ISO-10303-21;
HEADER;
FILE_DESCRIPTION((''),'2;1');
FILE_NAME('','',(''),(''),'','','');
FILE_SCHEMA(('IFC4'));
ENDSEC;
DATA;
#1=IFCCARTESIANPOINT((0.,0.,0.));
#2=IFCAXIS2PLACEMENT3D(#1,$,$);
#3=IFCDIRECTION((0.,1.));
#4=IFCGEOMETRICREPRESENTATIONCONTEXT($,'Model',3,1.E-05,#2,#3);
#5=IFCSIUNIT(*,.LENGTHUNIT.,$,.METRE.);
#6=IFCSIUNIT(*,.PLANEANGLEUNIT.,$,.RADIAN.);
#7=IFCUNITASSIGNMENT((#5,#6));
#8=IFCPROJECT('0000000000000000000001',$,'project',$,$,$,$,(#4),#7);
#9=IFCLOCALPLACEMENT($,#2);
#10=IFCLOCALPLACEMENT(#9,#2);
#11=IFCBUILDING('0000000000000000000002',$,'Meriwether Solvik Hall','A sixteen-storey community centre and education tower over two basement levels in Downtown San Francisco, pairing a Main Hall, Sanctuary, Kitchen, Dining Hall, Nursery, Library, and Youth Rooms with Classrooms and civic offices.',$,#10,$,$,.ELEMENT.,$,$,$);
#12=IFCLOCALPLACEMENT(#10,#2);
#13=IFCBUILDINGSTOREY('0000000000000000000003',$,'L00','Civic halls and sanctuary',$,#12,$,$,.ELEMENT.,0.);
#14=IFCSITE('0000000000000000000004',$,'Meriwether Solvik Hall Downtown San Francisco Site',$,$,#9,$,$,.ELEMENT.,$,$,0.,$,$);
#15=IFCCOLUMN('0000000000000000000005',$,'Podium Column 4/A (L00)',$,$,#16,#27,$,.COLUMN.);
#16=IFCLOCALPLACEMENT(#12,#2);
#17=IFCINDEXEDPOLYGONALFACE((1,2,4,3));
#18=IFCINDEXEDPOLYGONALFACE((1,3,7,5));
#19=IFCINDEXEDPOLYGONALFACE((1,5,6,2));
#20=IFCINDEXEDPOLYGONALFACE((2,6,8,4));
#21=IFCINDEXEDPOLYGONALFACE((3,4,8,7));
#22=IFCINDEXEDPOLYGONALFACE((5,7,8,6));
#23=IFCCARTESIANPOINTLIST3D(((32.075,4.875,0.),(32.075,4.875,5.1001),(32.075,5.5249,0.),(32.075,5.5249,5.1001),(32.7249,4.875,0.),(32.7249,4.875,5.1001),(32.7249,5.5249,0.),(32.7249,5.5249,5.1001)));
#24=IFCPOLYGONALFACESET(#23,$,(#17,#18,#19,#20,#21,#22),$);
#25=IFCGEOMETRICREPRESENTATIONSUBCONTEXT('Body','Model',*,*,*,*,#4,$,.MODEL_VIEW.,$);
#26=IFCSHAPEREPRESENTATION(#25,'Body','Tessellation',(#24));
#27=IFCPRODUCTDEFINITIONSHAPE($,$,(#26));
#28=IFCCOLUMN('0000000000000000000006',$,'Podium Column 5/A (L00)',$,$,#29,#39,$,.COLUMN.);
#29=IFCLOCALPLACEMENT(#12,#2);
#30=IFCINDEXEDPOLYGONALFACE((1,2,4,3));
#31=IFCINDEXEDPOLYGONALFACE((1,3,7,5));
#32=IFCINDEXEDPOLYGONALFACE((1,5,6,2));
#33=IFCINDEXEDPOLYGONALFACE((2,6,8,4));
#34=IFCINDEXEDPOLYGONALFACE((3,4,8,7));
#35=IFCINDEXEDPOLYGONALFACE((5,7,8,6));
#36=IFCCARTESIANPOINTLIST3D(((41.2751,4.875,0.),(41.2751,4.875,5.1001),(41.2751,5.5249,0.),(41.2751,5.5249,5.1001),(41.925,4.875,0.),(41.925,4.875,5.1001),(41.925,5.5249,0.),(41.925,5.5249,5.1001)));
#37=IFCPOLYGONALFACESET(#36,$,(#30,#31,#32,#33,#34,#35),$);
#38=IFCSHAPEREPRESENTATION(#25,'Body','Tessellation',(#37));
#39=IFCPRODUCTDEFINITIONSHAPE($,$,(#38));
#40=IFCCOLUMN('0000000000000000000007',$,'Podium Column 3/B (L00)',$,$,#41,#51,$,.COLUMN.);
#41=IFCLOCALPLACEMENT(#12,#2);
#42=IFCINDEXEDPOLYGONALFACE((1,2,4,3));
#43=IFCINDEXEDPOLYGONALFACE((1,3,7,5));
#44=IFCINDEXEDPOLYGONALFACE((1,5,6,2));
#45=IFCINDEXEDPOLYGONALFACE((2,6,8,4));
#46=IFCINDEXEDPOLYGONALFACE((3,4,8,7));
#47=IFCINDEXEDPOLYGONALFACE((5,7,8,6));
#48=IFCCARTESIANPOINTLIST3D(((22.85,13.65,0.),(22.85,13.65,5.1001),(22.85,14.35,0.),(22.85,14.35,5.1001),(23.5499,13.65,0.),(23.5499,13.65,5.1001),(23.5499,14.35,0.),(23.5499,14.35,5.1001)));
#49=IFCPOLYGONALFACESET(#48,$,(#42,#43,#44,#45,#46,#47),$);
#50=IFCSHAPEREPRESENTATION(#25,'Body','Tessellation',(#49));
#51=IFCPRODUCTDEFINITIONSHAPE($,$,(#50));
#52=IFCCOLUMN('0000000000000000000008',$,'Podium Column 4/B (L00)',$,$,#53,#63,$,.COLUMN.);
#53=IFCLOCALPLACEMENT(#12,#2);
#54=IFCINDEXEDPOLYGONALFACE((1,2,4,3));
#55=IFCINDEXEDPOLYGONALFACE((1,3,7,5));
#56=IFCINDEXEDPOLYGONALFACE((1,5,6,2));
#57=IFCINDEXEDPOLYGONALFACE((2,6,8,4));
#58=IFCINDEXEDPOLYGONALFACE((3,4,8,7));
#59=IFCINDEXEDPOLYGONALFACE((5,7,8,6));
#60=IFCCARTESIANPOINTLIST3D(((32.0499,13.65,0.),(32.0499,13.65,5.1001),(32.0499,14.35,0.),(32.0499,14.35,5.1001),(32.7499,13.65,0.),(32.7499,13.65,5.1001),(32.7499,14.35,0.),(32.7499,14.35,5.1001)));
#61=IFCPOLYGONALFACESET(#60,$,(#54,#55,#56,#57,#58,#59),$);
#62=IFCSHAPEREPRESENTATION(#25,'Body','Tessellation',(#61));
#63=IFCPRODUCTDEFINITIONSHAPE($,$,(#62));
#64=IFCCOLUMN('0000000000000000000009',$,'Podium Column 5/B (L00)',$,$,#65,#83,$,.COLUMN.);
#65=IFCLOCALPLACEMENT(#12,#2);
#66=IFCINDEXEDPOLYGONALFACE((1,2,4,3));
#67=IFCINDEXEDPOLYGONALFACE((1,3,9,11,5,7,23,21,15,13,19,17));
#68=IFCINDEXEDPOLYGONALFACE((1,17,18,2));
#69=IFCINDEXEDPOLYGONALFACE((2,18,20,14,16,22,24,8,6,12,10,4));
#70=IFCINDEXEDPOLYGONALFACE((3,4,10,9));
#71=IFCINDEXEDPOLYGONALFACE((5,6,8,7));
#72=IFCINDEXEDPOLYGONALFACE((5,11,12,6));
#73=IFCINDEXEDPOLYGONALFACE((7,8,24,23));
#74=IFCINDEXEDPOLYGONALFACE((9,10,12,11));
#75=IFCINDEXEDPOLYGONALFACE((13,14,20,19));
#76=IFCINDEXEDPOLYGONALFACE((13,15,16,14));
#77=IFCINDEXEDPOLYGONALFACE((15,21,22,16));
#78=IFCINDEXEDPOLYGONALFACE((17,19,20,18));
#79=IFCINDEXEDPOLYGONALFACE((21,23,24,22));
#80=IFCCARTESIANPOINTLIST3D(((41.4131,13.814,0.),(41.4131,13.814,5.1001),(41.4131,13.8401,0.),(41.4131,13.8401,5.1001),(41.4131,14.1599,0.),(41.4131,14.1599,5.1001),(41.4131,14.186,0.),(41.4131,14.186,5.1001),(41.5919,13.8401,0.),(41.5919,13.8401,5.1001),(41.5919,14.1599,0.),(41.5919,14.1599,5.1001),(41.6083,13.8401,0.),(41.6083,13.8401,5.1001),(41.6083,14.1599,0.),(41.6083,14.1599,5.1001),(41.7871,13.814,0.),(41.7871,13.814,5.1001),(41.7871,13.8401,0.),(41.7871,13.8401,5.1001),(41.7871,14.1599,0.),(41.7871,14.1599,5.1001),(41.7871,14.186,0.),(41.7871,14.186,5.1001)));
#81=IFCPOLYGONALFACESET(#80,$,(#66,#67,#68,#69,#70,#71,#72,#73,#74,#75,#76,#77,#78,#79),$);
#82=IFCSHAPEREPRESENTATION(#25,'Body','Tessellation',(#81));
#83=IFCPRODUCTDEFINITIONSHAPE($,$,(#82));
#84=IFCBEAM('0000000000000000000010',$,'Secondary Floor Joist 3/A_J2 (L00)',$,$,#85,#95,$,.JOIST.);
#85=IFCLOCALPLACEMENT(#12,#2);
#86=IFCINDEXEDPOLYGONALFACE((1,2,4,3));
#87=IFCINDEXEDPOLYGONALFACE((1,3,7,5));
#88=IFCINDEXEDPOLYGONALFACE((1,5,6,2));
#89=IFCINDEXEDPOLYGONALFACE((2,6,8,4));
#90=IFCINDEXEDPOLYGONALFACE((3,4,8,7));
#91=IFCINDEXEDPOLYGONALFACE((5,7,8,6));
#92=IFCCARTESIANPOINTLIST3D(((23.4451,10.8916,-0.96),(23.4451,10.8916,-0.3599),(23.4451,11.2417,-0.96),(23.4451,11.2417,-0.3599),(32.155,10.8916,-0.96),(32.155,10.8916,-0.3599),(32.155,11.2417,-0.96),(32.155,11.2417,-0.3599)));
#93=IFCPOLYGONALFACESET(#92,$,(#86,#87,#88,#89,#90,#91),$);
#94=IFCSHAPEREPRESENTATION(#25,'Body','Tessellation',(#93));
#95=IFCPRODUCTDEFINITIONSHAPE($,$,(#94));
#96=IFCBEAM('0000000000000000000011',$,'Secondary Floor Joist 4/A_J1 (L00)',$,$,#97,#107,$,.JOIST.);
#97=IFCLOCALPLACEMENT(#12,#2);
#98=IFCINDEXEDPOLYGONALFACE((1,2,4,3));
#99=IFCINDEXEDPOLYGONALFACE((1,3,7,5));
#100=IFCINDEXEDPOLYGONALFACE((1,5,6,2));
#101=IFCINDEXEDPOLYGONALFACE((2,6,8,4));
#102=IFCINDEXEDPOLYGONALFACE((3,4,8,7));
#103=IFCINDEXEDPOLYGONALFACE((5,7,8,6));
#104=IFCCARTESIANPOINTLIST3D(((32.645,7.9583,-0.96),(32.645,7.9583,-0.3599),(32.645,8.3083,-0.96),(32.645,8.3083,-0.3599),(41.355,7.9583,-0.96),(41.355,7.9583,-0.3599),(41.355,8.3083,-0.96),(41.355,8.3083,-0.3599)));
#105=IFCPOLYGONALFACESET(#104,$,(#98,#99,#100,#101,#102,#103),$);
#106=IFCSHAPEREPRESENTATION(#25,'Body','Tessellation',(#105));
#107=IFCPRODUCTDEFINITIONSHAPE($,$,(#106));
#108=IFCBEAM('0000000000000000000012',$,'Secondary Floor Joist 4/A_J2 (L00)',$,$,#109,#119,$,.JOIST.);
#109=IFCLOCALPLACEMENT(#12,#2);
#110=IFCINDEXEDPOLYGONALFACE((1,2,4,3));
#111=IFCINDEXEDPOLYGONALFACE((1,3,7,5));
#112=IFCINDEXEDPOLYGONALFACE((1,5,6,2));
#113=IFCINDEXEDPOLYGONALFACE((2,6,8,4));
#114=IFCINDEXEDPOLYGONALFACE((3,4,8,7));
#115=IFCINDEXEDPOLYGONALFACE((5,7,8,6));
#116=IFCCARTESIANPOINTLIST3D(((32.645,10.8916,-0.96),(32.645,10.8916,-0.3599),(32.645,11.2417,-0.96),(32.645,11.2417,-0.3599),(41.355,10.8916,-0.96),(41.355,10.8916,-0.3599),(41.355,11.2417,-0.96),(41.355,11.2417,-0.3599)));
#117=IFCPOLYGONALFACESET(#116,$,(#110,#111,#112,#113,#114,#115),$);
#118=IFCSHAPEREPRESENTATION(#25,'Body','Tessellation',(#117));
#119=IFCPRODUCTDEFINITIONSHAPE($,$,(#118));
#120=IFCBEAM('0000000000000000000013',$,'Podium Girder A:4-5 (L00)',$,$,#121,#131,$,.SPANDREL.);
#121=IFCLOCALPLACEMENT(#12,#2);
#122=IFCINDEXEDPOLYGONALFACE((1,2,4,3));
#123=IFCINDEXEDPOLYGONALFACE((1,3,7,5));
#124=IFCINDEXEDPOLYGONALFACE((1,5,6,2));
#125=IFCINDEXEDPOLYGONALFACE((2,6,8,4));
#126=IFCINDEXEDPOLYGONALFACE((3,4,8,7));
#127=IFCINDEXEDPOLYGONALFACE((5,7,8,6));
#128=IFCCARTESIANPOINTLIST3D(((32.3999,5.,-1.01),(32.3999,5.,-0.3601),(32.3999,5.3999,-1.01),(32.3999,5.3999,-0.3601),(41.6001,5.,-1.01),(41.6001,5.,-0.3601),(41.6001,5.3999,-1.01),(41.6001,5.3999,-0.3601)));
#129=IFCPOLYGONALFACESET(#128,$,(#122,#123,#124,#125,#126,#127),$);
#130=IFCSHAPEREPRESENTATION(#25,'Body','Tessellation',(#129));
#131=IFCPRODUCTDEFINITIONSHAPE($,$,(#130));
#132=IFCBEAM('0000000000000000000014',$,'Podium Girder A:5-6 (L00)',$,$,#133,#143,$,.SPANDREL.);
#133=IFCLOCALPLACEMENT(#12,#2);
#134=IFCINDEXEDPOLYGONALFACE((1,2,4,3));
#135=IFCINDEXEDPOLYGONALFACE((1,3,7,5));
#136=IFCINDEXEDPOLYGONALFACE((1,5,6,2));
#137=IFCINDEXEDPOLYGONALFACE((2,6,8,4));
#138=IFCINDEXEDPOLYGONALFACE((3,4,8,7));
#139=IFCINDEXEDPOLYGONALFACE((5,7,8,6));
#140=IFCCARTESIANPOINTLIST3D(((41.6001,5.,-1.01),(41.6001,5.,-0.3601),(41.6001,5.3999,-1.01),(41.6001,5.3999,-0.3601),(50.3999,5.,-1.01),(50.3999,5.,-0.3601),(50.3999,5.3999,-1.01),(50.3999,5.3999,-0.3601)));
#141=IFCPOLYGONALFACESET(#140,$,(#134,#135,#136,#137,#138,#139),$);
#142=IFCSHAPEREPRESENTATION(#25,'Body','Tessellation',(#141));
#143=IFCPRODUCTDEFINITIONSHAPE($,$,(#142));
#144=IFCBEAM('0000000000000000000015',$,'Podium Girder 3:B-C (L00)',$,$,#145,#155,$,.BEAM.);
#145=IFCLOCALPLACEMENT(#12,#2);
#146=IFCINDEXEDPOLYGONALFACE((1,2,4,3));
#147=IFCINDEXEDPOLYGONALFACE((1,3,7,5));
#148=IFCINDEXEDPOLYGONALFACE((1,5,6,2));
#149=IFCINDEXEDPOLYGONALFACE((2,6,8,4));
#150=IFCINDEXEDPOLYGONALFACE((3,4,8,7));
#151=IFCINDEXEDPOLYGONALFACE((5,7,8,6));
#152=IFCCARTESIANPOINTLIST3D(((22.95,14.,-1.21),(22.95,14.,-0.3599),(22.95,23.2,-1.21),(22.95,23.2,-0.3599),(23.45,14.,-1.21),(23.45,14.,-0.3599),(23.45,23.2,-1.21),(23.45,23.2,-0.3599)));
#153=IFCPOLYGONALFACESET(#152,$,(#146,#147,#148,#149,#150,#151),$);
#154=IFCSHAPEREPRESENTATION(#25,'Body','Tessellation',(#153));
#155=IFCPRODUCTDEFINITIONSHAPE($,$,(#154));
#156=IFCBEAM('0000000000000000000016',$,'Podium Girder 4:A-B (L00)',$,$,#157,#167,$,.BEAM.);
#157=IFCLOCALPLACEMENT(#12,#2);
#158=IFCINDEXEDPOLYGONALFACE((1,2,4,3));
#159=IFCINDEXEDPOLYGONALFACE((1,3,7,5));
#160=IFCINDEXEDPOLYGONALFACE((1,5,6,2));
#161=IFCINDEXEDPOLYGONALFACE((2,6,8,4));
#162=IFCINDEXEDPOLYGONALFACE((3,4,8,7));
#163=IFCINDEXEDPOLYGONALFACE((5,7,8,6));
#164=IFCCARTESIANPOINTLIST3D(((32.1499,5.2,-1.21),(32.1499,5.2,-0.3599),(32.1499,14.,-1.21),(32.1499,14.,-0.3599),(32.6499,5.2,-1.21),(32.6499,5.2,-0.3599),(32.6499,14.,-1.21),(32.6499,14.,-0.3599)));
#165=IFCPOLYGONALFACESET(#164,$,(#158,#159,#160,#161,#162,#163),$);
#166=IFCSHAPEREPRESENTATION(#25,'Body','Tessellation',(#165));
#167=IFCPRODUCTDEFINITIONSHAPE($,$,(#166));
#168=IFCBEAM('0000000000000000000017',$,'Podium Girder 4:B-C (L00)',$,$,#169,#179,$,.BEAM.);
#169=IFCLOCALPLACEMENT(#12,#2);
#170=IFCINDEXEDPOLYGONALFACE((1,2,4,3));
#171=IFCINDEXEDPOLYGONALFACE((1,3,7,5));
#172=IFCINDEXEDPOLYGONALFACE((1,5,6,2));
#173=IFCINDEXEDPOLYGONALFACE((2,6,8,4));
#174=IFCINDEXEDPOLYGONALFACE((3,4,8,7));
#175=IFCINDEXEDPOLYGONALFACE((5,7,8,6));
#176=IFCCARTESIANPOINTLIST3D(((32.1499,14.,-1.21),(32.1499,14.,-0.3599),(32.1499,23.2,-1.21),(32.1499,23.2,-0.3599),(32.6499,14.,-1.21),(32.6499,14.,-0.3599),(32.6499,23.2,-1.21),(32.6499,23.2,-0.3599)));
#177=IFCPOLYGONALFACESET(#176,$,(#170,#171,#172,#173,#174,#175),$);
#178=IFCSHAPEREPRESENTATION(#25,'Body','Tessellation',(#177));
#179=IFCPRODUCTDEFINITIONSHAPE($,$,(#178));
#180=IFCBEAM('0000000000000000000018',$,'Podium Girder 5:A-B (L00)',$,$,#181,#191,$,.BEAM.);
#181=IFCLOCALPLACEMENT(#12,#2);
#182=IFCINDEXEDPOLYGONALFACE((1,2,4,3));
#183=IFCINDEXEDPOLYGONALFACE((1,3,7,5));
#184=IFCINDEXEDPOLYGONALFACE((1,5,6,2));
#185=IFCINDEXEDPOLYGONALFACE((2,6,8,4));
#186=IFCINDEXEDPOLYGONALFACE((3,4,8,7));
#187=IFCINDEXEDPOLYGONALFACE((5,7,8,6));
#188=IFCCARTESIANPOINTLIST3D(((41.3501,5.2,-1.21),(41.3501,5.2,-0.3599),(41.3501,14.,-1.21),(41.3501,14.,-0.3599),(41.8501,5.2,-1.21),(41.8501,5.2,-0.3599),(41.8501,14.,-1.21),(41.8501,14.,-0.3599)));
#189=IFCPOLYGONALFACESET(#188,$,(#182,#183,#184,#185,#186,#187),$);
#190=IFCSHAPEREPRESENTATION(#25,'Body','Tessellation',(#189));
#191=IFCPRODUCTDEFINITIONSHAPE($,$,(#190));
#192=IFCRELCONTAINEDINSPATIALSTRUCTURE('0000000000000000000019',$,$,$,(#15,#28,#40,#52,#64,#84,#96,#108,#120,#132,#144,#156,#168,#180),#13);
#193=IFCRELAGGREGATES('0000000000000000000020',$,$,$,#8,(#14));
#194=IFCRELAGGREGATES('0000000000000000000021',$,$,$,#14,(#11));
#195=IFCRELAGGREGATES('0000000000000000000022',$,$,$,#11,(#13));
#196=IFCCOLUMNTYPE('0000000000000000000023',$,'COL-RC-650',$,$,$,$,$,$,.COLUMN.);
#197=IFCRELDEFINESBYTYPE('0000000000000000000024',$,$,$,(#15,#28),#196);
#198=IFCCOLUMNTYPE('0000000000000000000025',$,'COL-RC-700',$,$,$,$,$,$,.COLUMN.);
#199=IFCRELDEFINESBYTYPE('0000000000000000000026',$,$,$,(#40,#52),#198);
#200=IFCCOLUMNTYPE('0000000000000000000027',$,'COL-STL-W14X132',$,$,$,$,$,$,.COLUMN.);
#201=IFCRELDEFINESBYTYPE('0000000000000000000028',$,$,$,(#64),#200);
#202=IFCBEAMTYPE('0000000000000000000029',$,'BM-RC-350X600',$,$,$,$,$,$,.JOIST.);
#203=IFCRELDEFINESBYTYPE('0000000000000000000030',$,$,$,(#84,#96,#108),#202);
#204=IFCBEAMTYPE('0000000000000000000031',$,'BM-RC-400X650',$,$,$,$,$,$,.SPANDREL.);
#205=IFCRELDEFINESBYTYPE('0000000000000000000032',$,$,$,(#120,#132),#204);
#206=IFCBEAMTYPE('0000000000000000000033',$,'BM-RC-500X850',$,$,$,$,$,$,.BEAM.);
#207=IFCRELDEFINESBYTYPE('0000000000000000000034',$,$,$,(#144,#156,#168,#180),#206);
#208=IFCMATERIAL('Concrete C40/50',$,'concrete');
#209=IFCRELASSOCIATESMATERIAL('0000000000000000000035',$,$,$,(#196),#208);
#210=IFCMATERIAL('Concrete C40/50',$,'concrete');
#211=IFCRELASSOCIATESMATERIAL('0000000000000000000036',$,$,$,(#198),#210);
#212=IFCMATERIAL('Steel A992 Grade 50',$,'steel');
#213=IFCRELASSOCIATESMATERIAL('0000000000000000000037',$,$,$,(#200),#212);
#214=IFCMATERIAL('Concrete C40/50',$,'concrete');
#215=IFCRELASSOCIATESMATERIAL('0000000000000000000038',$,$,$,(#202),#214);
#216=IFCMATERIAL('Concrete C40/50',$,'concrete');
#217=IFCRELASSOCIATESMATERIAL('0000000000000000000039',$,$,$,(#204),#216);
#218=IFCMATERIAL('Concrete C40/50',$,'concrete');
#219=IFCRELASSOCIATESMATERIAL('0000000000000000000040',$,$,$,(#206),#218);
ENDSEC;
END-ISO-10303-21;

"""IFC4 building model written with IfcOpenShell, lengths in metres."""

from ifc_helpers import new_model, si_unit, direction, frame, origin, origin_2d, place, context, subcontext, project, spatial, rectangle, i_section, extrude, material, material_profile, profile_set, type_object, element, save


model = new_model("IFC4")

# Units and contexts
model_context = context("Model", 3, precision=1e-05, world=origin(), true_north=direction((0.0, 1.0)))
body_context = subcontext(model_context, "Body", "Model", "MODEL_VIEW")
ifc_project = project(units=[si_unit("LENGTHUNIT", "METRE"), si_unit("PLANEANGLEUNIT", "RADIAN")], contexts=[model_context])

# Site, building, storey
site_placement = place(None, origin())
site = spatial("IfcSite", under=ifc_project, at=site_placement, Name="Meriwether Solvik Hall Downtown San Francisco Site", CompositionType="ELEMENT", RefElevation=0.0)
building_placement = place(site_placement, origin())
building = spatial("IfcBuilding", under=site, at=building_placement, Name="Meriwether Solvik Hall", Description="A sixteen-storey community centre and education tower over two basement levels in Downtown San Francisco, pairing a Main Hall, Sanctuary, Kitchen, Dining Hall, Nursery, Library, and Youth Rooms with Classrooms and civic offices.", CompositionType="ELEMENT")
storey_placement = place(building_placement, origin())
storey = spatial("IfcBuildingStorey", under=building, at=storey_placement, Name="L00", Description="Civic halls and sanctuary", CompositionType="ELEMENT", Elevation=0.0)

# Columns
ifc_material_1 = material(Name="Concrete C40/50", Category="concrete")
ifc_material_profile_1 = material_profile(ifc_material_1, rectangle(XDim=0.6499, YDim=0.6499, at=origin_2d()), Name="RCC-650X650")
ifc_profile_set_1 = profile_set([ifc_material_profile_1], Name="Concrete C40/50")
column_type_1 = type_object("IfcColumnType", Name="COL-RC-650", PredefinedType="COLUMN", material=ifc_profile_set_1)
for number, where, z_axis, x_axis, name in (
    (1, (32.3999, 5.2, 0.0), (0.0, 0.0, 1.0), (1.0, 0.0, 0.0), "Podium Column 4/A (L00)"),
    (2, (41.6001, 5.2, 0.0), (0.0, 0.0, 1.0), (1.0, 0.0, 0.0), "Podium Column 5/A (L00)"),
):
    element("IfcColumn", number, at=place(storey_placement, frame(where, z_axis=z_axis, x_axis=x_axis)), inside=storey, type_object=column_type_1, Name=name, PredefinedType="COLUMN", context=body_context, shape_type="SweptSolid", body=[
        extrude(rectangle(XDim=0.6499, YDim=0.6499, at=origin_2d()), origin(), (0.0, 0.0, 1.0), 5.1001),
    ])
ifc_material_2 = material(Name="Concrete C40/50", Category="concrete")
ifc_material_profile_2 = material_profile(ifc_material_2, rectangle(XDim=0.7, YDim=0.7, at=origin_2d()), Name="RCC-700X700")
ifc_profile_set_2 = profile_set([ifc_material_profile_2], Name="Concrete C40/50")
column_type_2 = type_object("IfcColumnType", Name="COL-RC-700", PredefinedType="COLUMN", material=ifc_profile_set_2)
for number, where, z_axis, x_axis, name in (
    (3, (23.2, 14.0, 0.0), (0.0, 0.0, 1.0), (1.0, 0.0, 0.0), "Podium Column 3/B (L00)"),
    (4, (32.3999, 14.0, 0.0), (0.0, 0.0, 1.0), (1.0, 0.0, 0.0), "Podium Column 4/B (L00)"),
):
    element("IfcColumn", number, at=place(storey_placement, frame(where, z_axis=z_axis, x_axis=x_axis)), inside=storey, type_object=column_type_2, Name=name, PredefinedType="COLUMN", context=body_context, shape_type="SweptSolid", body=[
        extrude(rectangle(XDim=0.7, YDim=0.7, at=origin_2d()), origin(), (0.0, 0.0, 1.0), 5.1001),
    ])
ifc_material_3 = material(Name="Steel A992 Grade 50", Category="steel")
ifc_material_profile_3 = material_profile(ifc_material_3, i_section(OverallWidth=0.374, OverallDepth=0.3721, WebThickness=0.0164, FlangeThickness=0.0261, at=origin_2d()), Name="W14X132")
ifc_profile_set_3 = profile_set([ifc_material_profile_3], Name="Steel A992 Grade 50")
column_type_3 = type_object("IfcColumnType", Name="COL-STL-W14X132", PredefinedType="COLUMN", material=ifc_profile_set_3)
column_placement = place(storey_placement, frame((41.6001, 14.0, 0.0), z_axis=(0.0, 0.0, 1.0), x_axis=(1.0, 0.0, 0.0)))
element("IfcColumn", 5, at=column_placement, inside=storey, type_object=column_type_3, Name="Podium Column 5/B (L00)", PredefinedType="COLUMN", context=body_context, shape_type="SweptSolid", body=[
    extrude(i_section(OverallWidth=0.374, OverallDepth=0.3721, WebThickness=0.0164, FlangeThickness=0.0261, at=origin_2d()), origin(), (0.0, 0.0, 1.0), 5.1001),
])

# Beams
ifc_material_4 = material(Name="Concrete C40/50", Category="concrete")
ifc_material_profile_4 = material_profile(ifc_material_4, rectangle(XDim=0.3501, YDim=0.6001, at=origin_2d()), Name="RCB-350X600")
ifc_profile_set_4 = profile_set([ifc_material_profile_4], Name="Concrete C40/50")
beam_type_1 = type_object("IfcBeamType", Name="BM-RC-350X600", PredefinedType="JOIST", material=ifc_profile_set_4)
for number, where, z_axis, x_axis, name in (
    (6, (23.4451, 11.0667, -0.6599), (1.0, 0.0, 0.0), (0.0, 1.0, 0.0), "Secondary Floor Joist 3/A_J2 (L00)"),
    (7, (32.645, 8.1333, -0.6599), (1.0, 0.0, 0.0), (0.0, 1.0, 0.0), "Secondary Floor Joist 4/A_J1 (L00)"),
    (8, (32.645, 11.0667, -0.6599), (1.0, 0.0, 0.0), (0.0, 1.0, 0.0), "Secondary Floor Joist 4/A_J2 (L00)"),
):
    element("IfcBeam", number, at=place(storey_placement, frame(where, z_axis=z_axis, x_axis=x_axis)), inside=storey, type_object=beam_type_1, Name=name, PredefinedType="JOIST", context=body_context, shape_type="SweptSolid", body=[
        extrude(rectangle(XDim=0.3501, YDim=0.6001, at=origin_2d()), origin(), (0.0, 0.0, 1.0), 8.71),
    ])
ifc_material_5 = material(Name="Concrete C40/50", Category="concrete")
ifc_material_profile_5 = material_profile(ifc_material_5, rectangle(XDim=0.3999, YDim=0.6499, at=origin_2d()), Name="RCB-400X650")
ifc_profile_set_5 = profile_set([ifc_material_profile_5], Name="Concrete C40/50")
beam_type_2 = type_object("IfcBeamType", Name="BM-RC-400X650", PredefinedType="SPANDREL", material=ifc_profile_set_5)
beam_1_placement = place(storey_placement, frame((32.3999, 5.2, -0.6851), z_axis=(1.0, 0.0, 0.0), x_axis=(0.0, 1.0, 0.0)))
element("IfcBeam", 9, at=beam_1_placement, inside=storey, type_object=beam_type_2, Name="Podium Girder A:4-5 (L00)", PredefinedType="SPANDREL", context=body_context, shape_type="SweptSolid", body=[
    extrude(rectangle(XDim=0.3999, YDim=0.6499, at=origin_2d()), origin(), (0.0, 0.0, 1.0), 9.2002),
])
beam_2_placement = place(storey_placement, frame((41.6001, 5.2, -0.6851), z_axis=(1.0, 0.0, 0.0), x_axis=(0.0, 1.0, 0.0)))
element("IfcBeam", 10, at=beam_2_placement, inside=storey, type_object=beam_type_2, Name="Podium Girder A:5-6 (L00)", PredefinedType="SPANDREL", context=body_context, shape_type="SweptSolid", body=[
    extrude(rectangle(XDim=0.3999, YDim=0.6499, at=origin_2d()), origin(), (0.0, 0.0, 1.0), 8.7998),
])
ifc_material_6 = material(Name="Concrete C40/50", Category="concrete")
ifc_material_profile_6 = material_profile(ifc_material_6, rectangle(XDim=0.5, YDim=0.8501, at=origin_2d()), Name="RCB-500X850")
ifc_profile_set_6 = profile_set([ifc_material_profile_6], Name="Concrete C40/50")
beam_type_3 = type_object("IfcBeamType", Name="BM-RC-500X850", PredefinedType="BEAM", material=ifc_profile_set_6)
beam_3_placement = place(storey_placement, frame((23.2, 14.0, -0.7849), z_axis=(0.0, 1.0, 0.0), x_axis=(-1.0, 0.0, 0.0)))
element("IfcBeam", 11, at=beam_3_placement, inside=storey, type_object=beam_type_3, Name="Podium Girder 3:B-C (L00)", PredefinedType="BEAM", context=body_context, shape_type="SweptSolid", body=[
    extrude(rectangle(XDim=0.5, YDim=0.8501, at=origin_2d()), origin(), (0.0, 0.0, 1.0), 9.2),
])
beam_4_placement = place(storey_placement, frame((32.3999, 5.2, -0.7849), z_axis=(0.0, 1.0, 0.0), x_axis=(-1.0, 0.0, 0.0)))
element("IfcBeam", 12, at=beam_4_placement, inside=storey, type_object=beam_type_3, Name="Podium Girder 4:A-B (L00)", PredefinedType="BEAM", context=body_context, shape_type="SweptSolid", body=[
    extrude(rectangle(XDim=0.5, YDim=0.8501, at=origin_2d()), origin(), (0.0, 0.0, 1.0), 8.8),
])
beam_5_placement = place(storey_placement, frame((32.3999, 14.0, -0.7849), z_axis=(0.0, 1.0, 0.0), x_axis=(-1.0, 0.0, 0.0)))
element("IfcBeam", 13, at=beam_5_placement, inside=storey, type_object=beam_type_3, Name="Podium Girder 4:B-C (L00)", PredefinedType="BEAM", context=body_context, shape_type="SweptSolid", body=[
    extrude(rectangle(XDim=0.5, YDim=0.8501, at=origin_2d()), origin(), (0.0, 0.0, 1.0), 9.2),
])
beam_6_placement = place(storey_placement, frame((41.6001, 5.2, -0.7849), z_axis=(0.0, 1.0, 0.0), x_axis=(-1.0, 0.0, 0.0)))
element("IfcBeam", 14, at=beam_6_placement, inside=storey, type_object=beam_type_3, Name="Podium Girder 5:A-B (L00)", PredefinedType="BEAM", context=body_context, shape_type="SweptSolid", body=[
    extrude(rectangle(XDim=0.5, YDim=0.8501, at=origin_2d()), origin(), (0.0, 0.0, 1.0), 8.8),
])

save(model, "model.ifc")
